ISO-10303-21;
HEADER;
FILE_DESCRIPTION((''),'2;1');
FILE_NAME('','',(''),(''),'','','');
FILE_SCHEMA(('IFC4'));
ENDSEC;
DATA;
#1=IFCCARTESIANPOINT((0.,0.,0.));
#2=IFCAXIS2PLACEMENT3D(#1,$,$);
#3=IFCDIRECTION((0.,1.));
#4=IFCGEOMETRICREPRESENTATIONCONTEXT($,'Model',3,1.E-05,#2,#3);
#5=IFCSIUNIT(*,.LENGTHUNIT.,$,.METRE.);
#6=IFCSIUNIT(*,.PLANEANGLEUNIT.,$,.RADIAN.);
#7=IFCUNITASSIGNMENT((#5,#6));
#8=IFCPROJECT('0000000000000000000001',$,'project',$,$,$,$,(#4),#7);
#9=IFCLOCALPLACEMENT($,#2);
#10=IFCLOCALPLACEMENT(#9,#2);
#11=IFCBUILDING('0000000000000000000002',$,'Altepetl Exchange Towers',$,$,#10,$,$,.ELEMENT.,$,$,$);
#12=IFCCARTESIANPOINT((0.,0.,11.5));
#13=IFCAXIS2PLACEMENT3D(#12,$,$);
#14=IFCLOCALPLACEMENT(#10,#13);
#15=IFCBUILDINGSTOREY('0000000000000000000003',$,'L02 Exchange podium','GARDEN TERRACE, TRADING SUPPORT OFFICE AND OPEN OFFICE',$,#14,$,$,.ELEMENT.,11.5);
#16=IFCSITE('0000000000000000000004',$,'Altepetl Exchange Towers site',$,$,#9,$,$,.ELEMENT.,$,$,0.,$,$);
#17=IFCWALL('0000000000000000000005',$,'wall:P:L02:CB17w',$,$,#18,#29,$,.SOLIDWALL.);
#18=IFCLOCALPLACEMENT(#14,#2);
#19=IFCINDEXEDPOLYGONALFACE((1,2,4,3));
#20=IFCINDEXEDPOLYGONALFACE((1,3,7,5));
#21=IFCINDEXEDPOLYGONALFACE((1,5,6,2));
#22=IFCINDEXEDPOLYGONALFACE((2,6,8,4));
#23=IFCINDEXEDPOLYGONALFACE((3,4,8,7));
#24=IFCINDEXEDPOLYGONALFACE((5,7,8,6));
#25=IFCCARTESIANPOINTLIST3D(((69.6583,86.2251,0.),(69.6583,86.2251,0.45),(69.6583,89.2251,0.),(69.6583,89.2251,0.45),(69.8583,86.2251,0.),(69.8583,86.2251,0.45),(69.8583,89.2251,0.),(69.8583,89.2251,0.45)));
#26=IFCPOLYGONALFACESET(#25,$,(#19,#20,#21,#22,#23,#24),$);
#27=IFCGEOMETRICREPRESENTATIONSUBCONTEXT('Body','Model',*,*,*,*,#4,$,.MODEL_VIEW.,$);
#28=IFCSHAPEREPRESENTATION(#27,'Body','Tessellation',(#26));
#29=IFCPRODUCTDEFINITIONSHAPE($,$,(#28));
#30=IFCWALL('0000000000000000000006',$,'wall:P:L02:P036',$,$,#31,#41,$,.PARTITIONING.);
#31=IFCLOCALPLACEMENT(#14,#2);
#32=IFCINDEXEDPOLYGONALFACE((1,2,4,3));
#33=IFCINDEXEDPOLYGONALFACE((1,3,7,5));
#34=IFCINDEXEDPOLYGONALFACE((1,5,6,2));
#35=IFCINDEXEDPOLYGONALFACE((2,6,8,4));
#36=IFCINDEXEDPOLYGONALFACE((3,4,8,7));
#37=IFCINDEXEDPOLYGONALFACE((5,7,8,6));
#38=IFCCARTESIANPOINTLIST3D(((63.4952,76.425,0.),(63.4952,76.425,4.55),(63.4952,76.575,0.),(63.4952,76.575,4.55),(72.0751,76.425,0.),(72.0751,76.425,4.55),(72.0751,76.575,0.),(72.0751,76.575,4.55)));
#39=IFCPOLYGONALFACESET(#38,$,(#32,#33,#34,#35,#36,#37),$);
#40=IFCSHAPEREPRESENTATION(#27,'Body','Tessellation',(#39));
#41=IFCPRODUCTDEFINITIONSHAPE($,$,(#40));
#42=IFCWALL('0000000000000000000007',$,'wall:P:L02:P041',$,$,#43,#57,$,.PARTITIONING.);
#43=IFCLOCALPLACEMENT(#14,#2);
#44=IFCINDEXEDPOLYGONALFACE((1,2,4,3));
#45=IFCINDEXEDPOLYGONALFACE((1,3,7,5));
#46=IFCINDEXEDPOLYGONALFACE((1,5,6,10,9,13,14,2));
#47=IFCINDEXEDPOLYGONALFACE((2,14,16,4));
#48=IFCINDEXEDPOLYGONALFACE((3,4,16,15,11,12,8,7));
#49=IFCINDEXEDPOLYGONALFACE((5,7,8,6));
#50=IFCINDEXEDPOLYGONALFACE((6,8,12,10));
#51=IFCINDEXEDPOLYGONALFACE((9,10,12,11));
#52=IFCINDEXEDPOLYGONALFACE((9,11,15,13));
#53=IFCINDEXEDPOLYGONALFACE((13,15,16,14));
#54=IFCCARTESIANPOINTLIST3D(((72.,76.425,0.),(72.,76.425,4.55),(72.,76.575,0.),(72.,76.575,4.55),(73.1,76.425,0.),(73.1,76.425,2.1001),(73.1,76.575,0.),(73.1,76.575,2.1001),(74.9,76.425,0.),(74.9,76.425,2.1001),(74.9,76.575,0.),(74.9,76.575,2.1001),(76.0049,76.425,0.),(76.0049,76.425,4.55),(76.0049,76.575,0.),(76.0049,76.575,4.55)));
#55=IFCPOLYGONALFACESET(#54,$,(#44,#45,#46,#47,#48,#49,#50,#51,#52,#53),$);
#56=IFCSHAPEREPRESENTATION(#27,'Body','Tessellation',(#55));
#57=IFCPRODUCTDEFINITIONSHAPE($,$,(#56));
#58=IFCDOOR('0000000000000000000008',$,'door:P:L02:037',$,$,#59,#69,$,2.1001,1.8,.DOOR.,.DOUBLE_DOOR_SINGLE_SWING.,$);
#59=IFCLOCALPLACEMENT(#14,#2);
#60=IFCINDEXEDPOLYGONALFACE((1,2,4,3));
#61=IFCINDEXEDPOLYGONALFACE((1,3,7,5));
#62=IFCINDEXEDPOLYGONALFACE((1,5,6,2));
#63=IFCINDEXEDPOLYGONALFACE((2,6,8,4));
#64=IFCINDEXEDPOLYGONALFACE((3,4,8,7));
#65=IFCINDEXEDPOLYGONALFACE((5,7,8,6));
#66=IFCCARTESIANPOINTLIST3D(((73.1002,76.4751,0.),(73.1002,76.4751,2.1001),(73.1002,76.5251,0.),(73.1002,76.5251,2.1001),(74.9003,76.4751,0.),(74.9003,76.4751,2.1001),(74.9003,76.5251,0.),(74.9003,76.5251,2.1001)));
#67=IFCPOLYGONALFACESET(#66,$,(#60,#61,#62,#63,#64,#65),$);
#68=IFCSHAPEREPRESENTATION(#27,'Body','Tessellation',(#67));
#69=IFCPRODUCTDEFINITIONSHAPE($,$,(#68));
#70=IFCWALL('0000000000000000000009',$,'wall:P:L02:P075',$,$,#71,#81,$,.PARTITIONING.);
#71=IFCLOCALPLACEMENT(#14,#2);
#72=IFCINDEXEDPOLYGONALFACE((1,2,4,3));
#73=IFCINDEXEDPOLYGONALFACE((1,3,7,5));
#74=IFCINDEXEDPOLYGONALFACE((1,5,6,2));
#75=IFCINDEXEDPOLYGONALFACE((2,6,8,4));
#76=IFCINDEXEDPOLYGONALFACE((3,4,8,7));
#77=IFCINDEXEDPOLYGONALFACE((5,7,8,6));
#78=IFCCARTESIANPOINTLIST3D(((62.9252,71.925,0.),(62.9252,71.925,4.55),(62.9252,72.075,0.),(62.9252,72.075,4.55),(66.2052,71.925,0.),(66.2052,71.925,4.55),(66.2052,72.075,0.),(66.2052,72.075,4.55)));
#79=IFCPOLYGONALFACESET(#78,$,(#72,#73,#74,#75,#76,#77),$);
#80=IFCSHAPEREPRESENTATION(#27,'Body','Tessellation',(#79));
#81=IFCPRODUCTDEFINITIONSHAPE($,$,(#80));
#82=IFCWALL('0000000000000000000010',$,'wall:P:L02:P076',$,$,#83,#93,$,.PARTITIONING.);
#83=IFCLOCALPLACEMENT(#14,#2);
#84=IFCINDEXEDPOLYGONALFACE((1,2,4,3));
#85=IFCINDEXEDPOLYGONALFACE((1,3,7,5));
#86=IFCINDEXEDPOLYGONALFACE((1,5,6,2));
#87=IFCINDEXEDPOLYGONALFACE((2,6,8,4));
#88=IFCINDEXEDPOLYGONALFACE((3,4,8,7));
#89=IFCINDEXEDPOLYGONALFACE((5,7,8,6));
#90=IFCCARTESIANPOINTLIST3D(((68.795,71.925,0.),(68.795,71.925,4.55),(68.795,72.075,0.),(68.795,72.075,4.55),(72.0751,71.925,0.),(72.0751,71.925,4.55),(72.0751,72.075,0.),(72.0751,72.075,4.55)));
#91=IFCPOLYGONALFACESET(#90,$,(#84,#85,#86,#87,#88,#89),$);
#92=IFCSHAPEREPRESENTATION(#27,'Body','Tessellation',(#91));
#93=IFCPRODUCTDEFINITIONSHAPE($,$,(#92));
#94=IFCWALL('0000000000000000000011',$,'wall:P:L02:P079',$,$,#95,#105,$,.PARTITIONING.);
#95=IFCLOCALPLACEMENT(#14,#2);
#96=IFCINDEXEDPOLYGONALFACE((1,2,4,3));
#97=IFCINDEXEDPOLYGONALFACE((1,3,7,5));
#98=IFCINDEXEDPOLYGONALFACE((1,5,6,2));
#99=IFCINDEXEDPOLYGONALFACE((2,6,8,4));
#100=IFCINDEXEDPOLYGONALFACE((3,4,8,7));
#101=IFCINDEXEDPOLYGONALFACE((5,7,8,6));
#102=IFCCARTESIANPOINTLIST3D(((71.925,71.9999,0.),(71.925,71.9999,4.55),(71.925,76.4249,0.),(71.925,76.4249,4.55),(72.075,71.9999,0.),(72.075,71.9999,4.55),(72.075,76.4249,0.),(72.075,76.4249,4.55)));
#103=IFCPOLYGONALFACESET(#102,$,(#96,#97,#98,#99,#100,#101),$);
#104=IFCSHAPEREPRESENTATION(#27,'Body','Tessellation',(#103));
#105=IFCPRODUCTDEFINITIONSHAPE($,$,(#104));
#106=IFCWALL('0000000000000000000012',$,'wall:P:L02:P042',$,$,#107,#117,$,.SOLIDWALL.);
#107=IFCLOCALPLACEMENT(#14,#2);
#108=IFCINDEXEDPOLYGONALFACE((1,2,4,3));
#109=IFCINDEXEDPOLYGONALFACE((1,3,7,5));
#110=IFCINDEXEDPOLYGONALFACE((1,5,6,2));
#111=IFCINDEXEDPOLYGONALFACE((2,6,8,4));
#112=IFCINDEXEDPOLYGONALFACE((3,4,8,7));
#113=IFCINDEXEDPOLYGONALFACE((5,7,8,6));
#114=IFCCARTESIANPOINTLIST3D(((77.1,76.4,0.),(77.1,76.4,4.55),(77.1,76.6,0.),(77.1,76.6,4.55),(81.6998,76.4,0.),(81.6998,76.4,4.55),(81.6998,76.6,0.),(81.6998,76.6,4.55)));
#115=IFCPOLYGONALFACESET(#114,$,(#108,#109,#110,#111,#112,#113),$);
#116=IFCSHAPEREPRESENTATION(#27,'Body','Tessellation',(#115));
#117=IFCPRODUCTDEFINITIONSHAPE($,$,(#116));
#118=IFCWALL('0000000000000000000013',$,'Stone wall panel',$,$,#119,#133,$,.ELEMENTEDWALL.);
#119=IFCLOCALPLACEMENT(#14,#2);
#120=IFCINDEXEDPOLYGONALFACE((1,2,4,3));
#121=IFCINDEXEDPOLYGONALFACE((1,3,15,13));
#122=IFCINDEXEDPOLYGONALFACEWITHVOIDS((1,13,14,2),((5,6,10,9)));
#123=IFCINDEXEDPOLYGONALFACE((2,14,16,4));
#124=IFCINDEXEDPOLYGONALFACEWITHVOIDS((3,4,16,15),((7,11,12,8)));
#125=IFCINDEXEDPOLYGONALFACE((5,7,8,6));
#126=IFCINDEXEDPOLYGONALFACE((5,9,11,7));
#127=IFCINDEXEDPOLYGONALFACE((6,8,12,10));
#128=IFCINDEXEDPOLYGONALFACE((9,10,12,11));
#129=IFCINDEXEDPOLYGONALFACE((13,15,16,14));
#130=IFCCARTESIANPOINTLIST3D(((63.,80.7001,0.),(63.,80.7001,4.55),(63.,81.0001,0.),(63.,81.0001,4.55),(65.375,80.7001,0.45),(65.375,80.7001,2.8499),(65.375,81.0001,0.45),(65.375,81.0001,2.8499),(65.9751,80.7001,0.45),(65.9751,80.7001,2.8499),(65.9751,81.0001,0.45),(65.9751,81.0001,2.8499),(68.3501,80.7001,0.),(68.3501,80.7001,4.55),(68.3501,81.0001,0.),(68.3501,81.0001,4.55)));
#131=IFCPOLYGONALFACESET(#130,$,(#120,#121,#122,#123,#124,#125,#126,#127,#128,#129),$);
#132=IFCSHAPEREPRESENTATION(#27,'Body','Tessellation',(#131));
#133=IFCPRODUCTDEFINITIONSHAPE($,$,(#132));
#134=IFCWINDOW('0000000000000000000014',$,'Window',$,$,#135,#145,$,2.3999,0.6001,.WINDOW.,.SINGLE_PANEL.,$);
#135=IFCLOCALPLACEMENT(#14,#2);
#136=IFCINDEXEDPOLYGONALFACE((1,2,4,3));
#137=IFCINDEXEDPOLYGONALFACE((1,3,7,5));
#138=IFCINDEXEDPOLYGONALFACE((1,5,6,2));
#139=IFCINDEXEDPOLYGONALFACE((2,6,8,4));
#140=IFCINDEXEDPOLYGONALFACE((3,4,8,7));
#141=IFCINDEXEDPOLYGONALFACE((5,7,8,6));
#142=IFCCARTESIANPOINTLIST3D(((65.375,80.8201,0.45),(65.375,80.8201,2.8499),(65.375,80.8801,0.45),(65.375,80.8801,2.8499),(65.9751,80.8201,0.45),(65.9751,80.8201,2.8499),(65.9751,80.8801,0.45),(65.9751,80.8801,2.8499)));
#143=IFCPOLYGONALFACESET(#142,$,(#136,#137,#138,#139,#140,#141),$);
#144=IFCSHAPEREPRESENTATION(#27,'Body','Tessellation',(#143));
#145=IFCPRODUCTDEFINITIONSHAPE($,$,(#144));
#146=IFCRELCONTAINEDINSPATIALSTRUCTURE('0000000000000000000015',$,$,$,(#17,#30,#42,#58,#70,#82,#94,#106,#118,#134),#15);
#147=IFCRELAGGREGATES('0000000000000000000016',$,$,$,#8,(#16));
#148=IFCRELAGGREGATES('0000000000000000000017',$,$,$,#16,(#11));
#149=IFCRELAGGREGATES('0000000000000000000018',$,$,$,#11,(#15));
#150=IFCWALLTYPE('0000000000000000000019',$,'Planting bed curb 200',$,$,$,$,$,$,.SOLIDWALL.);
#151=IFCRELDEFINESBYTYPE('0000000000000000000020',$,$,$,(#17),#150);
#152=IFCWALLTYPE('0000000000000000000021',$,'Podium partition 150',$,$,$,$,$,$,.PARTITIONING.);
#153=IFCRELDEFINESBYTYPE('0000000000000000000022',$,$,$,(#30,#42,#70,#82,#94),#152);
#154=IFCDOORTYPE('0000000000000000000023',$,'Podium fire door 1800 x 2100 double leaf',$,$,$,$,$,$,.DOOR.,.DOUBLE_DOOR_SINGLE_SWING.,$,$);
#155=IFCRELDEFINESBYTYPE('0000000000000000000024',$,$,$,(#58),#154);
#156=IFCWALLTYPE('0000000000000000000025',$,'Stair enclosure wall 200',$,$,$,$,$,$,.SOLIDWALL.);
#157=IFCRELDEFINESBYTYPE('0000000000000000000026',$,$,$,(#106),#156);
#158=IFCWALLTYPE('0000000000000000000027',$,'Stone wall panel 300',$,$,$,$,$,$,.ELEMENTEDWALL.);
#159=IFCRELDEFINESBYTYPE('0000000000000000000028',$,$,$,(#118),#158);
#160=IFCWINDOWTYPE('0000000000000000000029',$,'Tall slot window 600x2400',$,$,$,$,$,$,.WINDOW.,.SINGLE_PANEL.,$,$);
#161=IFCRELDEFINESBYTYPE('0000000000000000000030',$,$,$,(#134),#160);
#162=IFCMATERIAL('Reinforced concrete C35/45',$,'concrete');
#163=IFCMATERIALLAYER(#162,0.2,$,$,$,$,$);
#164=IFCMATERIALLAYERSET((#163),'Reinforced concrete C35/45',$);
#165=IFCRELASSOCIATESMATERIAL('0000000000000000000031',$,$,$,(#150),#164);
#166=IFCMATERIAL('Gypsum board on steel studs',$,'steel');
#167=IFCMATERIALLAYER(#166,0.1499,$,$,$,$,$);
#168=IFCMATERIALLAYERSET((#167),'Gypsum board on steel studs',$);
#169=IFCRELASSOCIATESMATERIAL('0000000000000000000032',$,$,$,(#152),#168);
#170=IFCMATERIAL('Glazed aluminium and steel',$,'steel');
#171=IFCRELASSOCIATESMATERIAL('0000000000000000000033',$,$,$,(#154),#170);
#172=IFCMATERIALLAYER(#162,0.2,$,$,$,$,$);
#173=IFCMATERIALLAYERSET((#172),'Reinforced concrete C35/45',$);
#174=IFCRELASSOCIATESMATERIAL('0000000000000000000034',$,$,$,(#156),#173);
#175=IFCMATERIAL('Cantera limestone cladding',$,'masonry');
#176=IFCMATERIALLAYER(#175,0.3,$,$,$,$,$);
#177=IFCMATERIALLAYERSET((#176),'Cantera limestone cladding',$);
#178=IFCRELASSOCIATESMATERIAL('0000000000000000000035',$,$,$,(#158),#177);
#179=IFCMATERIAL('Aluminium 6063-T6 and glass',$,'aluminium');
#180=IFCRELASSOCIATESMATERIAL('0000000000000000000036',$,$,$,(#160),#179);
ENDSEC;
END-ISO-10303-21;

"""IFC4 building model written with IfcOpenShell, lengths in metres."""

from ifc_helpers import new_model, si_unit, direction, frame, frame_2d, origin, place, context, subcontext, project, spatial, rectangle, extrude, material, layer, layer_set, type_object, element, fill, save


model = new_model("IFC4")

# Units and contexts
model_context = context("Model", 3, precision=1e-05, world=origin(), true_north=direction((0.0, 1.0)))
body_context = subcontext(model_context, "Body", "Model", "MODEL_VIEW")
ifc_project = project(units=[si_unit("LENGTHUNIT", "METRE"), si_unit("PLANEANGLEUNIT", "RADIAN")], contexts=[model_context])

# Site, building, storey
site_placement = place(None, origin())
site = spatial("IfcSite", under=ifc_project, at=site_placement, Name="Altepetl Exchange Towers site", CompositionType="ELEMENT", RefElevation=0.0)
building_placement = place(site_placement, origin())
building = spatial("IfcBuilding", under=site, at=building_placement, Name="Altepetl Exchange Towers", CompositionType="ELEMENT")
storey_placement = place(building_placement, frame((0.0, 0.0, 11.5)))
storey = spatial("IfcBuildingStorey", under=building, at=storey_placement, Name="L02 Exchange podium", Description="GARDEN TERRACE, TRADING SUPPORT OFFICE AND OPEN OFFICE", CompositionType="ELEMENT", Elevation=11.5)

# Shared definitions
ifc_material_1 = material(Name="Aluminium 6063-T6 and glass", Category="aluminium")

# Walls
ifc_material_2 = material(Name="Reinforced concrete C35/45", Category="concrete")
ifc_layer_1 = layer(ifc_material_2, 0.2)
ifc_layer_set_1 = layer_set([ifc_layer_1], Name="Reinforced concrete C35/45")
wall_type_1 = type_object("IfcWallType", Name="Planting bed curb 200", PredefinedType="SOLIDWALL", material=ifc_layer_set_1)
wall_1_placement = place(storey_placement, frame((69.7583, 86.2251, 0.0), z_axis=(0.0, 0.0, 1.0), x_axis=(0.0, 1.0, 0.0)))
element("IfcWall", 1, at=wall_1_placement, inside=storey, type_object=wall_type_1, Name="wall:P:L02:CB17w", PredefinedType="SOLIDWALL", context=body_context, shape_type="SweptSolid", body=[
    extrude(rectangle(XDim=3.0, YDim=0.2, at=frame_2d((1.5, 0.0))), origin(), (0.0, 0.0, 1.0), 0.45),
])
ifc_material_3 = material(Name="Gypsum board on steel studs", Category="steel")
ifc_layer_2 = layer(ifc_material_3, 0.1499)
ifc_layer_set_2 = layer_set([ifc_layer_2], Name="Gypsum board on steel studs")
wall_type_2 = type_object("IfcWallType", Name="Podium partition 150", PredefinedType="PARTITIONING", material=ifc_layer_set_2)
wall_2_placement = place(storey_placement, frame((63.4951, 76.5, 0.0)))
element("IfcWall", 2, at=wall_2_placement, inside=storey, type_object=wall_type_2, Name="wall:P:L02:P036", PredefinedType="PARTITIONING", context=body_context, shape_type="SweptSolid", body=[
    extrude(rectangle(XDim=8.5798, YDim=0.1499, at=frame_2d((4.29, 0.0))), origin(), (0.0, 0.0, 1.0), 4.55),
])

# Wall, opening, door
wall_3_placement = place(storey_placement, frame((72.0, 76.5, 0.0)))
wall_3 = element("IfcWall", 3, at=wall_3_placement, inside=storey, type_object=wall_type_2, Name="wall:P:L02:P041", PredefinedType="PARTITIONING", context=body_context, shape_type="SweptSolid", body=[
    extrude(rectangle(XDim=4.0049, YDim=0.1499, at=frame_2d((2.0024, 0.0))), origin(), (0.0, 0.0, 1.0), 4.55),
])
opening_1_placement = place(wall_3_placement, frame((1.1001, 0.0, 0.0)))
opening_1 = element("IfcOpeningElement", 4, at=opening_1_placement, cuts=wall_3, PredefinedType="OPENING", context=body_context, shape_type="SweptSolid", body=[
    extrude(rectangle(XDim=1.8, YDim=2.1001, at=frame_2d((0.8999, 1.05))), frame((0.0, 0.085, 0.0), z_axis=(0.0, -1.0, 0.0), x_axis=(1.0, 0.0, 0.0)), (0.0, 0.0, 1.0), 0.1699),
])
ifc_material_4 = material(Name="Glazed aluminium and steel", Category="steel")
door_type_1 = type_object("IfcDoorType", Name="Podium fire door 1800 x 2100 double leaf", OperationType="DOUBLE_DOOR_SINGLE_SWING", PredefinedType="DOOR", material=ifc_material_4)
door_1_placement = place(opening_1_placement, frame((1.8, 0.0, 0.0), x_axis=(-1.0, 0.0, 0.0)))
door_1 = element("IfcDoor", 5, at=door_1_placement, inside=storey, type_object=door_type_1, Name="door:P:L02:037", OperationType="DOUBLE_DOOR_SINGLE_SWING", OverallHeight=2.1001, OverallWidth=1.8, PredefinedType="DOOR", context=body_context, shape_type="SweptSolid", body=[
    extrude(rectangle(XDim=1.8, YDim=2.1001, at=frame_2d((0.8999, 1.05))), frame((0.0, 0.0249, 0.0), z_axis=(0.0, -1.0, 0.0), x_axis=(1.0, 0.0, 0.0)), (0.0, 0.0, 1.0), 0.05),
])
fill(opening_1, door_1)

# Walls
for number, where, name in (
    (6, (62.925, 72.0, 0.0), "wall:P:L02:P075"),
    (7, (68.7949, 72.0, 0.0), "wall:P:L02:P076"),
):
    element("IfcWall", number, at=place(storey_placement, frame(where)), inside=storey, type_object=wall_type_2, Name=name, PredefinedType="PARTITIONING", context=body_context, shape_type="SweptSolid", body=[
        extrude(rectangle(XDim=3.28, YDim=0.1499, at=frame_2d((1.6401, 0.0))), origin(), (0.0, 0.0, 1.0), 4.55),
    ])
wall_4_placement = place(storey_placement, frame((72.0, 72.0, 0.0), z_axis=(0.0, 0.0, 1.0), x_axis=(0.0, 1.0, 0.0)))
element("IfcWall", 8, at=wall_4_placement, inside=storey, type_object=wall_type_2, Name="wall:P:L02:P079", PredefinedType="PARTITIONING", context=body_context, shape_type="SweptSolid", body=[
    extrude(rectangle(XDim=4.425, YDim=0.1499, at=frame_2d((2.2124, 0.0))), origin(), (0.0, 0.0, 1.0), 4.55),
])
ifc_layer_3 = layer(ifc_material_2, 0.2)
ifc_layer_set_3 = layer_set([ifc_layer_3], Name="Reinforced concrete C35/45")
wall_type_3 = type_object("IfcWallType", Name="Stair enclosure wall 200", PredefinedType="SOLIDWALL", material=ifc_layer_set_3)
wall_5_placement = place(storey_placement, frame((77.1001, 76.5, 0.0)))
element("IfcWall", 9, at=wall_5_placement, inside=storey, type_object=wall_type_3, Name="wall:P:L02:P042", PredefinedType="SOLIDWALL", context=body_context, shape_type="SweptSolid", body=[
    extrude(rectangle(XDim=4.5999, YDim=0.2, at=frame_2d((2.2998, 0.0))), origin(), (0.0, 0.0, 1.0), 4.55),
])

# Wall, opening, window
ifc_material_5 = material(Name="Cantera limestone cladding", Category="masonry")
ifc_layer_4 = layer(ifc_material_5, 0.3)
ifc_layer_set_4 = layer_set([ifc_layer_4], Name="Cantera limestone cladding")
wall_type_4 = type_object("IfcWallType", Name="Stone wall panel 300", PredefinedType="ELEMENTEDWALL", material=ifc_layer_set_4)
wall_6_placement = place(storey_placement, frame((68.3501, 80.8501, 0.0), z_axis=(0.0, 0.0, 1.0), x_axis=(-1.0, 0.0, 0.0)))
wall_6 = element("IfcWall", 10, at=wall_6_placement, inside=storey, type_object=wall_type_4, Name="Stone wall panel", PredefinedType="ELEMENTEDWALL", context=body_context, shape_type="SweptSolid", body=[
    extrude(rectangle(XDim=5.3501, YDim=0.3, at=frame_2d((2.675, 0.0))), origin(), (0.0, 0.0, 1.0), 4.55),
])
opening_2_placement = place(wall_6_placement, frame((2.375, 0.0, 0.45)))
opening_2 = element("IfcOpeningElement", 11, at=opening_2_placement, cuts=wall_6, PredefinedType="OPENING", context=body_context, shape_type="SweptSolid", body=[
    extrude(rectangle(XDim=0.6001, YDim=2.3999, at=frame_2d((0.3, 1.2))), frame((0.0, 0.1602, 0.0), z_axis=(0.0, -1.0, 0.0), x_axis=(1.0, 0.0, 0.0)), (0.0, 0.0, 1.0), 0.3201),
])
window_type = type_object("IfcWindowType", Name="Tall slot window 600x2400", PartitioningType="SINGLE_PANEL", PredefinedType="WINDOW", material=ifc_material_1)
window_placement = place(opening_2_placement, origin())
window = element("IfcWindow", 12, at=window_placement, inside=storey, type_object=window_type, Name="Window", OverallHeight=2.3999, OverallWidth=0.6001, PartitioningType="SINGLE_PANEL", PredefinedType="WINDOW", context=body_context, shape_type="SweptSolid", body=[
    extrude(rectangle(XDim=0.6001, YDim=2.3999, at=frame_2d((0.3, 1.2))), frame((0.0, 0.03, 0.0), z_axis=(0.0, -1.0, 0.0), x_axis=(1.0, 0.0, 0.0)), (0.0, 0.0, 1.0), 0.0601),
])
fill(opening_2, window)

save(model, "model.ifc")
